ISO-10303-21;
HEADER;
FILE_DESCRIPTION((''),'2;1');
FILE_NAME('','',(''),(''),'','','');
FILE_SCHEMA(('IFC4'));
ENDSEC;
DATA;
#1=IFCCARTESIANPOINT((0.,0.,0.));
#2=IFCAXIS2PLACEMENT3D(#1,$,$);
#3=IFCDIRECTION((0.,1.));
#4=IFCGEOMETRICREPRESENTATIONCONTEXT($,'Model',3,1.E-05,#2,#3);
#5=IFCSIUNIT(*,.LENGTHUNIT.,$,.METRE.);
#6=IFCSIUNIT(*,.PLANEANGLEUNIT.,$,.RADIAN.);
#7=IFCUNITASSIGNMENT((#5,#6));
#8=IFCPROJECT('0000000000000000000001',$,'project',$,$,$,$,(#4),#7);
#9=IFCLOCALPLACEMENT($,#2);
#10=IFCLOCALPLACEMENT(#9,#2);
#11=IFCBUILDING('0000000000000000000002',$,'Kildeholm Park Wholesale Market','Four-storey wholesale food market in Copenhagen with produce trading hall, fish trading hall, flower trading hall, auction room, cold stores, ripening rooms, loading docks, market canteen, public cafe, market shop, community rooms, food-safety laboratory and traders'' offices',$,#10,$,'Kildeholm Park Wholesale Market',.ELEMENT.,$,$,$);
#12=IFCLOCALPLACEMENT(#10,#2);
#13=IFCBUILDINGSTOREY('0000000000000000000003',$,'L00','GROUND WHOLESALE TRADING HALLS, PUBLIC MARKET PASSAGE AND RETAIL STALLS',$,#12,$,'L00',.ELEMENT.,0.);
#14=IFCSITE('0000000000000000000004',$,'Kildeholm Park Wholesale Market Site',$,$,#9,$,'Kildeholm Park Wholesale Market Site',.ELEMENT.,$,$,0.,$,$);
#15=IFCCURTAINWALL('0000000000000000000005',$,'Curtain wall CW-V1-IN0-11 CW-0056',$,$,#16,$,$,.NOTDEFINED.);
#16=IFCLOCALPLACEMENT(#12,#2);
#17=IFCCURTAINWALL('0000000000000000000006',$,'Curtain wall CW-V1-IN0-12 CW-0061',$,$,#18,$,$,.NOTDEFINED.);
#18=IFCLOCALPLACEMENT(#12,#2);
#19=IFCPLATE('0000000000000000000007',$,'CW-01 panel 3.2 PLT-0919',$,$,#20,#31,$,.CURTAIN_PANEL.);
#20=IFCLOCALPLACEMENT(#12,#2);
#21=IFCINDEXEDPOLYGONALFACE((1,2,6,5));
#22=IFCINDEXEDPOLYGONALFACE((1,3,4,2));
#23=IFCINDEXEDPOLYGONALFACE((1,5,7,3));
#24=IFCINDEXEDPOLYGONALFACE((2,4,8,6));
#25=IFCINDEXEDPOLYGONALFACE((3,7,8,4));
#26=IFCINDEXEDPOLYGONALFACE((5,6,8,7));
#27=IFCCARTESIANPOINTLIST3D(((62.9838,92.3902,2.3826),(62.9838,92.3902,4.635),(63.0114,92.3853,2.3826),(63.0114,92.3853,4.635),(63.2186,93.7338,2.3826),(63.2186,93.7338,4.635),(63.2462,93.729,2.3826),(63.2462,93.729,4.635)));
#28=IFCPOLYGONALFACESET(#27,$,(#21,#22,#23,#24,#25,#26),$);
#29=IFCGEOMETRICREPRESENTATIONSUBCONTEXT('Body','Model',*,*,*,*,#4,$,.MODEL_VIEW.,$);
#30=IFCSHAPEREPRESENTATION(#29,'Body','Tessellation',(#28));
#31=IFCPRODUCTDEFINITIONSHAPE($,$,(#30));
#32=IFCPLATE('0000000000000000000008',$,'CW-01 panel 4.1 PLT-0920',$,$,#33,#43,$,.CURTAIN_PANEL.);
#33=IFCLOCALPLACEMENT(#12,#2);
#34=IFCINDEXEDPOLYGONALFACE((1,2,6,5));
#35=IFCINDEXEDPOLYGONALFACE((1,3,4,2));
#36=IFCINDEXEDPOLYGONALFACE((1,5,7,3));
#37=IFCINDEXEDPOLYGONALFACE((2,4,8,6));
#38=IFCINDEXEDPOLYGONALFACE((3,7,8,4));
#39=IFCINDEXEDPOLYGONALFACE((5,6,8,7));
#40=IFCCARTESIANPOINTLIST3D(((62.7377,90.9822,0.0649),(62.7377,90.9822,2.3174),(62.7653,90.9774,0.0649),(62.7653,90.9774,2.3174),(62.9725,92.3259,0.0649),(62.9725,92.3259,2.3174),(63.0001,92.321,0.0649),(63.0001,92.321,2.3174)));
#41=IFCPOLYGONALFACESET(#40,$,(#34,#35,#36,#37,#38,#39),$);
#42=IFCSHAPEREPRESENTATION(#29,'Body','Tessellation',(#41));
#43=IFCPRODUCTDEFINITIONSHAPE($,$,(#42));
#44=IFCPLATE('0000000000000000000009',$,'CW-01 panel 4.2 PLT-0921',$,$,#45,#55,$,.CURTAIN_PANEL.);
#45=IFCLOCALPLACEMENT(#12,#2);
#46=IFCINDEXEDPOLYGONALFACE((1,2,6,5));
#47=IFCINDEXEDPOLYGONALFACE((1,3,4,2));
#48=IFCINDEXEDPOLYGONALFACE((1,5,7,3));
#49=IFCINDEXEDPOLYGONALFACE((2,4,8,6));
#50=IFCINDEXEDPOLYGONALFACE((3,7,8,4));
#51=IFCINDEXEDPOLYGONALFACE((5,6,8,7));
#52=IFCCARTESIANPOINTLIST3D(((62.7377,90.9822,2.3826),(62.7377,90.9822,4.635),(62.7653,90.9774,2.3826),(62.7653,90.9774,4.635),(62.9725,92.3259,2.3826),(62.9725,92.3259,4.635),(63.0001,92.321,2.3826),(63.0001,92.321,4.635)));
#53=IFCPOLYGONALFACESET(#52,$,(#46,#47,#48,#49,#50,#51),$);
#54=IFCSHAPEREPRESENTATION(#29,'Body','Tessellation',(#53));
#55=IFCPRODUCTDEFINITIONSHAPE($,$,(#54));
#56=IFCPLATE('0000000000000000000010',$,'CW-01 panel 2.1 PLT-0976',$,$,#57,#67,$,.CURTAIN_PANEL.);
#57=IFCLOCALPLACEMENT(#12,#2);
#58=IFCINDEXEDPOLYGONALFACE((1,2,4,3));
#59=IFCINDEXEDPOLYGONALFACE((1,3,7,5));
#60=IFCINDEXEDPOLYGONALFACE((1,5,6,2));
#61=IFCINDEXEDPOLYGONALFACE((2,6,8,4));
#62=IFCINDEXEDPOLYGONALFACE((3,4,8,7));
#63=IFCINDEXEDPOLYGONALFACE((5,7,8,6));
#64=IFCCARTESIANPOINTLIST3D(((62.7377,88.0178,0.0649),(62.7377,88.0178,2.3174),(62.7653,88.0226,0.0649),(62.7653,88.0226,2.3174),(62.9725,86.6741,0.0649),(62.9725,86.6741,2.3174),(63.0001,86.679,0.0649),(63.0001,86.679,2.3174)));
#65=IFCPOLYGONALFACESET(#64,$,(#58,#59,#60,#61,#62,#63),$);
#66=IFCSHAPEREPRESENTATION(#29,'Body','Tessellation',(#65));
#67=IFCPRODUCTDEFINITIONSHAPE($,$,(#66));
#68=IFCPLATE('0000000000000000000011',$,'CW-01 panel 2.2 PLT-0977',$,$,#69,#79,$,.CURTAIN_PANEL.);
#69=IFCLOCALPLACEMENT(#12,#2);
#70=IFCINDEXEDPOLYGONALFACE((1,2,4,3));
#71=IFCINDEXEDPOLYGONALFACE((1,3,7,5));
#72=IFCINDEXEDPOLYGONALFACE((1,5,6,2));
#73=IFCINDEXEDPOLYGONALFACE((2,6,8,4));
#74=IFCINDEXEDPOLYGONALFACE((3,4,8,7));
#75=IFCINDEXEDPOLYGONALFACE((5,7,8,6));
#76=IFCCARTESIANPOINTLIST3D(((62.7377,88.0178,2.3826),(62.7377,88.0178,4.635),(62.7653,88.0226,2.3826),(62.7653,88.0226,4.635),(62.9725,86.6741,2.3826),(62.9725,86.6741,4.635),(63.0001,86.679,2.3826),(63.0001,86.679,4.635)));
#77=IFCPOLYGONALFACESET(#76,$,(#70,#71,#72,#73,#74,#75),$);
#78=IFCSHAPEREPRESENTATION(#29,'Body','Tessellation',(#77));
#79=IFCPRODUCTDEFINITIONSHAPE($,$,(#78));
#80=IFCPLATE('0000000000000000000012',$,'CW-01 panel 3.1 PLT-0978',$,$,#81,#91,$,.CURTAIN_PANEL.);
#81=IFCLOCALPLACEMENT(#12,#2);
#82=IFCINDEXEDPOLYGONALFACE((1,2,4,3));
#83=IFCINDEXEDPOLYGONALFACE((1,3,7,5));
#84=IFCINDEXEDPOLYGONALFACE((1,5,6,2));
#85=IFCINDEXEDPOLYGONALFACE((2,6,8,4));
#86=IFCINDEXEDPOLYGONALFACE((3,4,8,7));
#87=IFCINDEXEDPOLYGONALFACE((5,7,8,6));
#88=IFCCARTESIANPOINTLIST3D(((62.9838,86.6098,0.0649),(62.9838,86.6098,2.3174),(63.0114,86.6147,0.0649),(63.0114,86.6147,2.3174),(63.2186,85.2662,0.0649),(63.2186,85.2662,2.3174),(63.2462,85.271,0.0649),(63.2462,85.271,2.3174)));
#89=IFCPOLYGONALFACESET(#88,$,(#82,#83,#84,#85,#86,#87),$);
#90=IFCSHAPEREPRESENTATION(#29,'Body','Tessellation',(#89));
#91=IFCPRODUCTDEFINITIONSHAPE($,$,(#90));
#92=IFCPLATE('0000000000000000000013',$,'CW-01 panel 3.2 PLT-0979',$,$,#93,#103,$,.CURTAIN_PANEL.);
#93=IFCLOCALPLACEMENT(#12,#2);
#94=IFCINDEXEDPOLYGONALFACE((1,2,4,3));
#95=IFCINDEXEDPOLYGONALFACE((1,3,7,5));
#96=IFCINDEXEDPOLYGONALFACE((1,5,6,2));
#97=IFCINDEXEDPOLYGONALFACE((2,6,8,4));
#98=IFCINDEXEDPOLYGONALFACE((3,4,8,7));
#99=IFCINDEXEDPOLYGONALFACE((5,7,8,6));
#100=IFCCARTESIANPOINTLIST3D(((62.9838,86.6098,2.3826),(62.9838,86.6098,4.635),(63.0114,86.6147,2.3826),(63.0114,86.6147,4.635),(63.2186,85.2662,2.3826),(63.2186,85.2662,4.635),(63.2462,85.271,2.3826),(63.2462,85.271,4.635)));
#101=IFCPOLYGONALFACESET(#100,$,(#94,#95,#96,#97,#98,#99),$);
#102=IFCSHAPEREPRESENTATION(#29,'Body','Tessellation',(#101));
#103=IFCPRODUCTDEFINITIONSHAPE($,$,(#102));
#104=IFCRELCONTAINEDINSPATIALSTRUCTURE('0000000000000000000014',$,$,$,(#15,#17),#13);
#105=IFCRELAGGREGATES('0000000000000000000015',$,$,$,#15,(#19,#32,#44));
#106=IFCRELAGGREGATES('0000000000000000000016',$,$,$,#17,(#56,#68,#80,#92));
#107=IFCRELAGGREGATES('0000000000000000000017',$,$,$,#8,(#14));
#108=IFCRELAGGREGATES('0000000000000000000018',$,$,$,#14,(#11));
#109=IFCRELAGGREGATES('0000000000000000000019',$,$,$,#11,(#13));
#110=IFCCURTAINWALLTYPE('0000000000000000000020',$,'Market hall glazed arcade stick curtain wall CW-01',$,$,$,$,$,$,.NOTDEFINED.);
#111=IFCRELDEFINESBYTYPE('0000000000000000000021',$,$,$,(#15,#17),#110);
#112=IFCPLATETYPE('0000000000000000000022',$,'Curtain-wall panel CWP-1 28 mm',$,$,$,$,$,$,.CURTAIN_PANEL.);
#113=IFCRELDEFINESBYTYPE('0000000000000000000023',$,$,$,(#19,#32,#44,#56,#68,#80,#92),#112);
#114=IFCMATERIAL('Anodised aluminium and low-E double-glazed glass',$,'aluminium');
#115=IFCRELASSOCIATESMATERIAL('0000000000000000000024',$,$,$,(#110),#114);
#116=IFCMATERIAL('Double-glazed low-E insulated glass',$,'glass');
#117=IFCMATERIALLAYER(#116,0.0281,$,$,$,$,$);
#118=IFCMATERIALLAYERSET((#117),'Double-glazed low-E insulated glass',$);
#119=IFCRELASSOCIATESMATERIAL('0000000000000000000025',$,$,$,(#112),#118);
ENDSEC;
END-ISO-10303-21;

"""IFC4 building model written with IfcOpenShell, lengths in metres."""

from ifc_helpers import new_model, si_unit, direction, frame, origin, origin_2d, place, context, subcontext, project, spatial, rectangle, extrude, material, layer, layer_set, type_object, element, aggregate, save


model = new_model("IFC4")

# Units and contexts
model_context = context("Model", 3, precision=1e-05, world=origin(), true_north=direction((0.0, 1.0)))
body_context = subcontext(model_context, "Body", "Model", "MODEL_VIEW")
ifc_project = project(units=[si_unit("LENGTHUNIT", "METRE"), si_unit("PLANEANGLEUNIT", "RADIAN")], contexts=[model_context])

# Site, building, storey
site_placement = place(None, origin())
site = spatial("IfcSite", under=ifc_project, at=site_placement, Name="Kildeholm Park Wholesale Market Site", LongName="Kildeholm Park Wholesale Market Site", CompositionType="ELEMENT", RefElevation=0.0)
building_placement = place(site_placement, origin())
building = spatial("IfcBuilding", under=site, at=building_placement, Name="Kildeholm Park Wholesale Market", Description="Four-storey wholesale food market in Copenhagen with produce trading hall, fish trading hall, flower trading hall, auction room, cold stores, ripening rooms, loading docks, market canteen, public cafe, market shop, community rooms, food-safety laboratory and traders' offices", LongName="Kildeholm Park Wholesale Market", CompositionType="ELEMENT")
storey_placement = place(building_placement, origin())
storey = spatial("IfcBuildingStorey", under=building, at=storey_placement, Name="L00", Description="GROUND WHOLESALE TRADING HALLS, PUBLIC MARKET PASSAGE AND RETAIL STALLS", LongName="L00", CompositionType="ELEMENT", Elevation=0.0)

# Curtain walls
ifc_material_1 = material(Name="Anodised aluminium and low-E double-glazed glass", Category="aluminium")
curtain_wall_type = type_object("IfcCurtainWallType", Name="Market hall glazed arcade stick curtain wall CW-01", PredefinedType="NOTDEFINED", material=ifc_material_1)
curtain_wall_1_placement = place(storey_placement, origin())
curtain_wall_1 = element("IfcCurtainWall", 1, at=curtain_wall_1_placement, inside=storey, type_object=curtain_wall_type, Name="Curtain wall CW-V1-IN0-11 CW-0056", PredefinedType="NOTDEFINED")
curtain_wall_2_placement = place(storey_placement, origin())
curtain_wall_2 = element("IfcCurtainWall", 2, at=curtain_wall_2_placement, inside=storey, type_object=curtain_wall_type, Name="Curtain wall CW-V1-IN0-12 CW-0061", PredefinedType="NOTDEFINED")

# Plates
ifc_material_2 = material(Name="Double-glazed low-E insulated glass", Category="glass")
ifc_layer = layer(ifc_material_2, 0.0281)
ifc_layer_set = layer_set([ifc_layer], Name="Double-glazed low-E insulated glass")
plate_type = type_object("IfcPlateType", Name="Curtain-wall panel CWP-1 28 mm", PredefinedType="CURTAIN_PANEL", material=ifc_layer_set)
plate_1_placement = place(storey_placement, frame((63.115, 93.0596, 2.3826), z_axis=(0.0, 0.0, 1.0), x_axis=(-0.172133, -0.985074, 0.0)))
plate_1 = element("IfcPlate", 3, at=plate_1_placement, type_object=plate_type, Name="CW-01 panel 3.2 PLT-0919", PredefinedType="CURTAIN_PANEL", context=body_context, shape_type="SweptSolid", body=[
    extrude(rectangle(XDim=1.364, YDim=0.0281, at=origin_2d()), origin(), (0.0, 0.0, 1.0), 2.2524),
])
plate_2_placement = place(storey_placement, frame((62.8689, 91.6516, 0.0649), z_axis=(0.0, 0.0, 1.0), x_axis=(-0.172133, -0.985074, 0.0)))
plate_2 = element("IfcPlate", 4, at=plate_2_placement, type_object=plate_type, Name="CW-01 panel 4.1 PLT-0920", PredefinedType="CURTAIN_PANEL", context=body_context, shape_type="SweptSolid", body=[
    extrude(rectangle(XDim=1.364, YDim=0.0281, at=origin_2d()), origin(), (0.0, 0.0, 1.0), 2.2524),
])
plate_3_placement = place(storey_placement, frame((62.8689, 91.6516, 2.3826), z_axis=(0.0, 0.0, 1.0), x_axis=(-0.172133, -0.985074, 0.0)))
plate_3 = element("IfcPlate", 5, at=plate_3_placement, type_object=plate_type, Name="CW-01 panel 4.2 PLT-0921", PredefinedType="CURTAIN_PANEL", context=body_context, shape_type="SweptSolid", body=[
    extrude(rectangle(XDim=1.364, YDim=0.0281, at=origin_2d()), origin(), (0.0, 0.0, 1.0), 2.2524),
])
aggregate(curtain_wall_1, [plate_1, plate_2, plate_3])
plate_4_placement = place(storey_placement, frame((62.8689, 87.3484, 0.0649), z_axis=(0.0, 0.0, 1.0), x_axis=(0.172133, -0.985074, 0.0)))
plate_4 = element("IfcPlate", 6, at=plate_4_placement, type_object=plate_type, Name="CW-01 panel 2.1 PLT-0976", PredefinedType="CURTAIN_PANEL", context=body_context, shape_type="SweptSolid", body=[
    extrude(rectangle(XDim=1.364, YDim=0.0281, at=origin_2d()), origin(), (0.0, 0.0, 1.0), 2.2524),
])
plate_5_placement = place(storey_placement, frame((62.8689, 87.3484, 2.3826), z_axis=(0.0, 0.0, 1.0), x_axis=(0.172133, -0.985074, 0.0)))
plate_5 = element("IfcPlate", 7, at=plate_5_placement, type_object=plate_type, Name="CW-01 panel 2.2 PLT-0977", PredefinedType="CURTAIN_PANEL", context=body_context, shape_type="SweptSolid", body=[
    extrude(rectangle(XDim=1.364, YDim=0.0281, at=origin_2d()), origin(), (0.0, 0.0, 1.0), 2.2524),
])
plate_6_placement = place(storey_placement, frame((63.115, 85.9404, 0.0649), z_axis=(0.0, 0.0, 1.0), x_axis=(0.172133, -0.985074, 0.0)))
plate_6 = element("IfcPlate", 8, at=plate_6_placement, type_object=plate_type, Name="CW-01 panel 3.1 PLT-0978", PredefinedType="CURTAIN_PANEL", context=body_context, shape_type="SweptSolid", body=[
    extrude(rectangle(XDim=1.364, YDim=0.0281, at=origin_2d()), origin(), (0.0, 0.0, 1.0), 2.2524),
])
plate_7_placement = place(storey_placement, frame((63.115, 85.9404, 2.3826), z_axis=(0.0, 0.0, 1.0), x_axis=(0.172133, -0.985074, 0.0)))
plate_7 = element("IfcPlate", 9, at=plate_7_placement, type_object=plate_type, Name="CW-01 panel 3.2 PLT-0979", PredefinedType="CURTAIN_PANEL", context=body_context, shape_type="SweptSolid", body=[
    extrude(rectangle(XDim=1.364, YDim=0.0281, at=origin_2d()), origin(), (0.0, 0.0, 1.0), 2.2524),
])
aggregate(curtain_wall_2, [plate_4, plate_5, plate_6, plate_7])

save(model, "model.ifc")
